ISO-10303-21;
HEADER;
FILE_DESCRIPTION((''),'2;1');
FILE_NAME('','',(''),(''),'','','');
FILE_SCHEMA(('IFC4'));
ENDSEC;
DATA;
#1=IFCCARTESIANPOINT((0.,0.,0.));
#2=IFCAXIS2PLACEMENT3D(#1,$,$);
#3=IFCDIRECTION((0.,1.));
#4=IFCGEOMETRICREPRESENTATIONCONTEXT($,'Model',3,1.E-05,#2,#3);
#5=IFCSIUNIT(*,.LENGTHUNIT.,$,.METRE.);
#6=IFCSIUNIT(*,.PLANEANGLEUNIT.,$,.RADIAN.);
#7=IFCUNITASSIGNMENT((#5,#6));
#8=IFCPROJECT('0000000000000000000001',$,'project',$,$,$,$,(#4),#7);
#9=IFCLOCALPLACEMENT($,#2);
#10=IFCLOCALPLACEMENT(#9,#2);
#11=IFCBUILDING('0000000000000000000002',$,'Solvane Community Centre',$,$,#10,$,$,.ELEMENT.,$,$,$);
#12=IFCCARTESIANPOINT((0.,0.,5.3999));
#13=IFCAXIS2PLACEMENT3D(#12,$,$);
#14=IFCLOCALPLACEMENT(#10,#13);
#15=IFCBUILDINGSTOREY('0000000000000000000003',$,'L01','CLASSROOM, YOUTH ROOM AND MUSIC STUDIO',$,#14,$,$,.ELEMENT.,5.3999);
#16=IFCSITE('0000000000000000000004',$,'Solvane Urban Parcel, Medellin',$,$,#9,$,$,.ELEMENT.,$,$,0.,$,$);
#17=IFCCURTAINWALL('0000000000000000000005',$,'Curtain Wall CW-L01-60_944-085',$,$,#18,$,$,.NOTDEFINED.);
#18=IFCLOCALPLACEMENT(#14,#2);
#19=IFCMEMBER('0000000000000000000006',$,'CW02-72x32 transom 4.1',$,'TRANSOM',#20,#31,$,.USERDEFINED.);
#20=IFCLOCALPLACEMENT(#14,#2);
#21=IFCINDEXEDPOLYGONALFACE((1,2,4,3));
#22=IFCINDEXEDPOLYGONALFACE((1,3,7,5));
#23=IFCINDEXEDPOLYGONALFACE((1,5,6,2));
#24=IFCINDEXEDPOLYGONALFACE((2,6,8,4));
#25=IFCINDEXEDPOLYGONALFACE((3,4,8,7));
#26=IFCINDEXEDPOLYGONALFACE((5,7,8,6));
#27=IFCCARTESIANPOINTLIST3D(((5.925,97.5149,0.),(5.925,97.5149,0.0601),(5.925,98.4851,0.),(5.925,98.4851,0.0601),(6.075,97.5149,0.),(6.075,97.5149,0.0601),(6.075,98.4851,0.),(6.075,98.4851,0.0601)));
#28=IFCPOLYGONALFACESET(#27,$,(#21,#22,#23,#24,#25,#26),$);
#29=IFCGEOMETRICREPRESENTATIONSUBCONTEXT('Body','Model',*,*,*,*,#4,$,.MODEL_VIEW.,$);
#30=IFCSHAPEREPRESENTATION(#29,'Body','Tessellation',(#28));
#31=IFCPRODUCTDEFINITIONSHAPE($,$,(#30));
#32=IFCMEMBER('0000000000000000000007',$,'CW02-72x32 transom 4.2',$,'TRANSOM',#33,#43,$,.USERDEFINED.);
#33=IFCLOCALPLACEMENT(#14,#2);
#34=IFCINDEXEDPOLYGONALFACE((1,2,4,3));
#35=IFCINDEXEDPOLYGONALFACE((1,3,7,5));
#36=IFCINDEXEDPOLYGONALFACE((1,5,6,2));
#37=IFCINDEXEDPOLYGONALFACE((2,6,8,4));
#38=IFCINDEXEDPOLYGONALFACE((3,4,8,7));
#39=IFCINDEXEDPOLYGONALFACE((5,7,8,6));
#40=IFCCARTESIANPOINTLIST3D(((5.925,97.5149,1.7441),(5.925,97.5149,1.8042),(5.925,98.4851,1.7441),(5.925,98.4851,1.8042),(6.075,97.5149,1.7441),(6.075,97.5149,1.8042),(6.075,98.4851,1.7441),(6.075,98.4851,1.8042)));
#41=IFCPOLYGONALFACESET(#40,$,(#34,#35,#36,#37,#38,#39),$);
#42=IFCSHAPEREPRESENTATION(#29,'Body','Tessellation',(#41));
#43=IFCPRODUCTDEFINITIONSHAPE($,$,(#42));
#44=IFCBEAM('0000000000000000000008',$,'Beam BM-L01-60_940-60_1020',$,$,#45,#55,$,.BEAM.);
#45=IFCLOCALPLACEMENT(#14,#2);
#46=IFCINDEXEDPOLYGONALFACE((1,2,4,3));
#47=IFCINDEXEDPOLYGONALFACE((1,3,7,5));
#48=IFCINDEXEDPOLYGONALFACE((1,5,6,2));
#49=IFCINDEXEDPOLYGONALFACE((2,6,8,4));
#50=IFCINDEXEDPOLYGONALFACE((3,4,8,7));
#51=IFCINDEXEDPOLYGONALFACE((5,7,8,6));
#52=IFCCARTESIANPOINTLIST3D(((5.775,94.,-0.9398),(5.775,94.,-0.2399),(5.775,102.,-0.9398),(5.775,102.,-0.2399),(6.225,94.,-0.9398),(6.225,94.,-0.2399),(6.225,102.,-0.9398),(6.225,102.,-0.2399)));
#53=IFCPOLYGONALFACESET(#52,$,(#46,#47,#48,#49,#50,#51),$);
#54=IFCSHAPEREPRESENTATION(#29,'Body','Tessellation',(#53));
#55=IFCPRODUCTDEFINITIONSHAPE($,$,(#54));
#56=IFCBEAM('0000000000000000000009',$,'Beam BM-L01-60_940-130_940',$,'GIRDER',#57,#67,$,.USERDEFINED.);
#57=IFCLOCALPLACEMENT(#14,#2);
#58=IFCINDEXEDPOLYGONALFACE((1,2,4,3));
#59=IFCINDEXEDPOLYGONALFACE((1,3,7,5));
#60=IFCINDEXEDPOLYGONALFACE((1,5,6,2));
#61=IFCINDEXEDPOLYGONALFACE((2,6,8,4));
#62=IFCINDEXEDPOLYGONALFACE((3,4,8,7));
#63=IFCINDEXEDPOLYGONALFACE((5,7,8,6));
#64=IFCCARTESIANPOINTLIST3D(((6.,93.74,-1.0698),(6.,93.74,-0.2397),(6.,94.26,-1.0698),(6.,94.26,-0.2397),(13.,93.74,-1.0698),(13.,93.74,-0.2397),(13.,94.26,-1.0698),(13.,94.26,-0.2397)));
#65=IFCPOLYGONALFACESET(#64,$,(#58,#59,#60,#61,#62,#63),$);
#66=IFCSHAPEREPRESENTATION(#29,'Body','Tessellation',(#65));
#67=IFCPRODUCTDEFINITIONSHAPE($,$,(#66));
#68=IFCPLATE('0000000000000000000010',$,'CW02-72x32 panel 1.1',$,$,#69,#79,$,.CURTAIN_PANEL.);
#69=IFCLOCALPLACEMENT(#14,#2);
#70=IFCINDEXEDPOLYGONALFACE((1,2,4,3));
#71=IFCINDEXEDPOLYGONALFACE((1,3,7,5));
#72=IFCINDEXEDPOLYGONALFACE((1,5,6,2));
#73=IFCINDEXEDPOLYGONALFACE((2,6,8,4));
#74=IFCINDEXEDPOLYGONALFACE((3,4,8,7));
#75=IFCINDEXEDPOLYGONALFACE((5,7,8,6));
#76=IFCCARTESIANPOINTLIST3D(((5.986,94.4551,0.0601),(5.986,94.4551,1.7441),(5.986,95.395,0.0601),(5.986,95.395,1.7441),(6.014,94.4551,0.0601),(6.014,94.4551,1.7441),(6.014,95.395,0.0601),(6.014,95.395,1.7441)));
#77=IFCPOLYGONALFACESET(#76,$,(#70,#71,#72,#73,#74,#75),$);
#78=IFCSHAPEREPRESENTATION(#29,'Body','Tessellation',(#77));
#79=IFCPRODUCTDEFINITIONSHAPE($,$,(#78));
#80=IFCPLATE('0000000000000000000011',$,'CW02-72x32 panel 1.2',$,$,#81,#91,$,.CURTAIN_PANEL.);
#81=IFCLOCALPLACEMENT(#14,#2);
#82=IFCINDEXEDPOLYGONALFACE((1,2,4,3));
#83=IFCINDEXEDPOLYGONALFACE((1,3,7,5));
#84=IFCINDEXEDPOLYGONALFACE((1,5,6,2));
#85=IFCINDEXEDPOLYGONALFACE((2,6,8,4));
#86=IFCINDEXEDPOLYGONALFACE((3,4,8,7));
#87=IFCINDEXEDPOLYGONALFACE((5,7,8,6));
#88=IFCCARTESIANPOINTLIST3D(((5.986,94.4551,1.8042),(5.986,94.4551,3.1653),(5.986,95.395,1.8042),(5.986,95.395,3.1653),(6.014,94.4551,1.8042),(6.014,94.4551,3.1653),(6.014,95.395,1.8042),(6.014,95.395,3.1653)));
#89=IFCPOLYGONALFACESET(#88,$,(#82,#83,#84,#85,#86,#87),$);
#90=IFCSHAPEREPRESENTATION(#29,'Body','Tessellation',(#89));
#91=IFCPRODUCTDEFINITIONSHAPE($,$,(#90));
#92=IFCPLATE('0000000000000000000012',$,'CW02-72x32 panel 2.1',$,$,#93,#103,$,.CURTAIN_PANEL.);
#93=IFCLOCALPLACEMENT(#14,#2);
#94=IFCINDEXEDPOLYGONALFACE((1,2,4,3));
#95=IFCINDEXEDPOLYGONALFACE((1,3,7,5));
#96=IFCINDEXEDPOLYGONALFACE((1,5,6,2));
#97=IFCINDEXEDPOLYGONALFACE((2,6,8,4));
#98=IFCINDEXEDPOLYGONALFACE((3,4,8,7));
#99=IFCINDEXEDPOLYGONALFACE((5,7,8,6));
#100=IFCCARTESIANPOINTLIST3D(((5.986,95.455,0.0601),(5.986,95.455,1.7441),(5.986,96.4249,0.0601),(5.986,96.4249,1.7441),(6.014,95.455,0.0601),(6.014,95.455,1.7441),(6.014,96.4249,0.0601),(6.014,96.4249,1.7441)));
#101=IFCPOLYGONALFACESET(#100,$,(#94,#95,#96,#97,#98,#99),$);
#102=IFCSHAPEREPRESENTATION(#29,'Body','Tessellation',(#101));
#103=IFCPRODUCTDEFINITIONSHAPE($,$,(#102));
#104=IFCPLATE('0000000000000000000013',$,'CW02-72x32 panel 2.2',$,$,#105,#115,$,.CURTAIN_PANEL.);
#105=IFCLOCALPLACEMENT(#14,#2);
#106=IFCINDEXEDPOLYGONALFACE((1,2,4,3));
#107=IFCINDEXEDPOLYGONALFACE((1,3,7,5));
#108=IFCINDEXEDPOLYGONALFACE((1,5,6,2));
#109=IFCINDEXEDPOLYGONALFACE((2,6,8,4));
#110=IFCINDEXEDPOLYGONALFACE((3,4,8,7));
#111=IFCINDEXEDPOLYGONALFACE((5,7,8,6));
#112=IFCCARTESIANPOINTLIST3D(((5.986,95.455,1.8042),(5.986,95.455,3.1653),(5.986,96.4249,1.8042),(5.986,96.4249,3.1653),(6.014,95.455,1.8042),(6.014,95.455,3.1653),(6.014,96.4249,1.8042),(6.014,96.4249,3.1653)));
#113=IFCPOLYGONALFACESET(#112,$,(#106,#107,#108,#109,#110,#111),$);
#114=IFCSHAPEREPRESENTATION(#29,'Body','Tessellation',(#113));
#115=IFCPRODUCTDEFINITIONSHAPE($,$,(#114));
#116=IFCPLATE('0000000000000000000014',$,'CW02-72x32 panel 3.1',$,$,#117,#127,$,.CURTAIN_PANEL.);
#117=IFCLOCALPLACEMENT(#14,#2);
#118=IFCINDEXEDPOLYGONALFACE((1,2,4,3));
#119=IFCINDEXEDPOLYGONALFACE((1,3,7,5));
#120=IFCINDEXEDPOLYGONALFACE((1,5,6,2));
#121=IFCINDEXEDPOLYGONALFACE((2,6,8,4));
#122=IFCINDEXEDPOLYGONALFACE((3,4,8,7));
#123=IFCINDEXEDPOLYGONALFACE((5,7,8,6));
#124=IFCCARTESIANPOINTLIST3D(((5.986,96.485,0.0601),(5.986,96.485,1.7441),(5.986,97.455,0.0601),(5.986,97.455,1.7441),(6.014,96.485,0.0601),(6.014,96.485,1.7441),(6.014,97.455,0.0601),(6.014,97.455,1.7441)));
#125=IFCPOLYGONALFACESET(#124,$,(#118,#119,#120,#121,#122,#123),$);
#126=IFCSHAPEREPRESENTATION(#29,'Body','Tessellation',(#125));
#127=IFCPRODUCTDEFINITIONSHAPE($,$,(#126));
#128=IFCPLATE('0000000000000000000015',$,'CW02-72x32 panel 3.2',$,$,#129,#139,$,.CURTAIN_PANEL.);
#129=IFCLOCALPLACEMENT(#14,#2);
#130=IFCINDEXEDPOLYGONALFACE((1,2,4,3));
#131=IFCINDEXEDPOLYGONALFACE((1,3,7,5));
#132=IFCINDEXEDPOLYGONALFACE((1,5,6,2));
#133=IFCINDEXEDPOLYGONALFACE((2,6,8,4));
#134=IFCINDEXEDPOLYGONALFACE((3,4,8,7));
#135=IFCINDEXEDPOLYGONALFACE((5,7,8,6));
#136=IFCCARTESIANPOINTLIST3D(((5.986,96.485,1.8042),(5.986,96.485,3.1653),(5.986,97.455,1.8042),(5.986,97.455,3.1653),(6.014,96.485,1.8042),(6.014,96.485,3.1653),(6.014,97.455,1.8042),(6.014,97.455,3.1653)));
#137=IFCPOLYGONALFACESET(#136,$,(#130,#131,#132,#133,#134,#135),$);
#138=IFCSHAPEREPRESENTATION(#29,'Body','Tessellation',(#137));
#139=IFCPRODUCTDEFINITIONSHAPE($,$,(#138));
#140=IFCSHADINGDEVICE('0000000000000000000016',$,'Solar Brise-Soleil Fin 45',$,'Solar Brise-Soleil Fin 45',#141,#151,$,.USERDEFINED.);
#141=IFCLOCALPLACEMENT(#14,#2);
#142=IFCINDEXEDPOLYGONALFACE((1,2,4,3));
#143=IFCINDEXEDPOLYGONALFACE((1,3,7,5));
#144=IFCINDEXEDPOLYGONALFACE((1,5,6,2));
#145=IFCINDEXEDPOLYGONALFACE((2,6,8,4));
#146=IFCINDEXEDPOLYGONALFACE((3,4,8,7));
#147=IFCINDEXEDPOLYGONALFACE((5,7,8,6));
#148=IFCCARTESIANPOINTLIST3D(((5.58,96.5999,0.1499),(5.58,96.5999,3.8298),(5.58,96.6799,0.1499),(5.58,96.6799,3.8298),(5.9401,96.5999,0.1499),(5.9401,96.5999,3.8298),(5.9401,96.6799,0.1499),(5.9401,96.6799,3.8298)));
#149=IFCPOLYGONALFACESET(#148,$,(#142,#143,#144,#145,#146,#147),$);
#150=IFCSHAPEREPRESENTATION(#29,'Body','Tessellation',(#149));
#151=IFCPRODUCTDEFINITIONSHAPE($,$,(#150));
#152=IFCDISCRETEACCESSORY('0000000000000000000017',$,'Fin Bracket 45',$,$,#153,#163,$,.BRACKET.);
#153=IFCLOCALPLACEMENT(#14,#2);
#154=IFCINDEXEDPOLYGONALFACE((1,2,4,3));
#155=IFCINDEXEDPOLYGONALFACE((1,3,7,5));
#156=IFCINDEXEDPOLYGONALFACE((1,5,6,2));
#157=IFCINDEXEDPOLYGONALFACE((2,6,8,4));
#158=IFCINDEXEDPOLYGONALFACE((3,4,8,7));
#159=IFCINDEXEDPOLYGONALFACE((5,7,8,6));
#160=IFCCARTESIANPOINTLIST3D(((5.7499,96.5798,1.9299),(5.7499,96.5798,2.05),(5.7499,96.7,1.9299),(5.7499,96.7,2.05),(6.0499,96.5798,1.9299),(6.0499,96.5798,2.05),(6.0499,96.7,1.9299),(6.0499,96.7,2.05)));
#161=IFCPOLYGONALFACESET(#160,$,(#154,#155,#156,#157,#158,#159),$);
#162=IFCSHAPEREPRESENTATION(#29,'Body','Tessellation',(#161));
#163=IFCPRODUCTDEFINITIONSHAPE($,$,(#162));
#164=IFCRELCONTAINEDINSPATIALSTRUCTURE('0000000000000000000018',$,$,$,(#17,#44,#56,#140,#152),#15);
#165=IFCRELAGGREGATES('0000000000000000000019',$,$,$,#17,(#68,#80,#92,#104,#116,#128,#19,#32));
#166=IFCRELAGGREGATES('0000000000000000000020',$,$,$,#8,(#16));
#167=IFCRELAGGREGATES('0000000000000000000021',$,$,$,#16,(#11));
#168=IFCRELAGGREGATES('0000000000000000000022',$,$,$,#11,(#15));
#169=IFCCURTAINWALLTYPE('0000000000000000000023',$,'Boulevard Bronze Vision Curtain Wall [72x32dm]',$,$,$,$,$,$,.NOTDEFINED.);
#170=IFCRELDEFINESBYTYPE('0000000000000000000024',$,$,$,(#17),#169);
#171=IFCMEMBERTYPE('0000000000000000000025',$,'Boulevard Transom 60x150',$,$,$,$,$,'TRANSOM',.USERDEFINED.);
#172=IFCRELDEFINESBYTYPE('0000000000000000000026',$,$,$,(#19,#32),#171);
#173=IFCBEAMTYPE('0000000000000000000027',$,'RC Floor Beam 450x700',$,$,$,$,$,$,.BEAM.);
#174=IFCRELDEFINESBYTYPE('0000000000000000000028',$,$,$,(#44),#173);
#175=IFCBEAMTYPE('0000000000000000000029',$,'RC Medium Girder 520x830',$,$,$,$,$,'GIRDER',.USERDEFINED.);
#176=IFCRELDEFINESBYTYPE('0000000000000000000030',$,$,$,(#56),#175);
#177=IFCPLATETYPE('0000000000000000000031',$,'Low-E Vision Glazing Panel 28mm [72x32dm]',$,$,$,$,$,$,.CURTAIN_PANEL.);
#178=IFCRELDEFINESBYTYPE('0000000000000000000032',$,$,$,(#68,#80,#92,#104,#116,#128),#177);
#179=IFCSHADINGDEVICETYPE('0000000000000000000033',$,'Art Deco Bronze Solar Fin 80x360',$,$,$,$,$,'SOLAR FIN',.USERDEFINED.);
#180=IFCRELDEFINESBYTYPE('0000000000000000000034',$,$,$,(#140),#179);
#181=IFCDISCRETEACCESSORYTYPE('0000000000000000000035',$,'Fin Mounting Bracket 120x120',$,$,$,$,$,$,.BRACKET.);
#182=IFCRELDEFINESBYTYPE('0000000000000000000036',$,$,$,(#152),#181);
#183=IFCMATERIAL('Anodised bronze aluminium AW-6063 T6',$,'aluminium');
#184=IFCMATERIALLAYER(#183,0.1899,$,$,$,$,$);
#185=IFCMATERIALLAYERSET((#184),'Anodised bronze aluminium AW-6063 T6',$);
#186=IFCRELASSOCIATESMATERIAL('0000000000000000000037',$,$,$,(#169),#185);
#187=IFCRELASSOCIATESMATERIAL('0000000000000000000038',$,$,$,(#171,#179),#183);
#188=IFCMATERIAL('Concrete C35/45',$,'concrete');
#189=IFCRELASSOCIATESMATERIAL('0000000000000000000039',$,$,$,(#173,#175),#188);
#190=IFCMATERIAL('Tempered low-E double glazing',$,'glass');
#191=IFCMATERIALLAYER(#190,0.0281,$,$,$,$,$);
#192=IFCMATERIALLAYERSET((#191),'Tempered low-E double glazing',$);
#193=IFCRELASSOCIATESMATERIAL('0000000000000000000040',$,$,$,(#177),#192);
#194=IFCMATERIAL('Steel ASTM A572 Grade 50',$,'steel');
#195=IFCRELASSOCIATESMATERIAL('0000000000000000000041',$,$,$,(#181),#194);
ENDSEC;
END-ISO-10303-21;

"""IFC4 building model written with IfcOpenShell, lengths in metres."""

from ifc_helpers import new_model, si_unit, direction, frame, origin, origin_2d, place, context, subcontext, project, spatial, rectangle, extrude, material, layer, layer_set, material_profile, profile_set, type_object, element, aggregate, save


model = new_model("IFC4")

# Units and contexts
model_context = context("Model", 3, precision=1e-05, world=origin(), true_north=direction((0.0, 1.0)))
body_context = subcontext(model_context, "Body", "Model", "MODEL_VIEW")
ifc_project = project(units=[si_unit("LENGTHUNIT", "METRE"), si_unit("PLANEANGLEUNIT", "RADIAN")], contexts=[model_context])

# Site, building, storey
site_placement = place(None, origin())
site = spatial("IfcSite", under=ifc_project, at=site_placement, Name="Solvane Urban Parcel, Medellin", CompositionType="ELEMENT", RefElevation=0.0)
building_placement = place(site_placement, origin())
building = spatial("IfcBuilding", under=site, at=building_placement, Name="Solvane Community Centre", CompositionType="ELEMENT")
storey_placement = place(building_placement, frame((0.0, 0.0, 5.3999)))
storey = spatial("IfcBuildingStorey", under=building, at=storey_placement, Name="L01", Description="CLASSROOM, YOUTH ROOM AND MUSIC STUDIO", CompositionType="ELEMENT", Elevation=5.3999)

# Curtain wall, members
ifc_material_1 = material(Name="Anodised bronze aluminium AW-6063 T6", Category="aluminium")
ifc_layer_1 = layer(ifc_material_1, 0.1899)
ifc_layer_set_1 = layer_set([ifc_layer_1], Name="Anodised bronze aluminium AW-6063 T6")
curtain_wall_type = type_object("IfcCurtainWallType", Name="Boulevard Bronze Vision Curtain Wall [72x32dm]", PredefinedType="NOTDEFINED", material=ifc_layer_set_1)
curtain_wall_placement = place(storey_placement, origin())
curtain_wall = element("IfcCurtainWall", 1, at=curtain_wall_placement, inside=storey, type_object=curtain_wall_type, Name="Curtain Wall CW-L01-60_944-085", PredefinedType="NOTDEFINED")
ifc_material_profile_1 = material_profile(ifc_material_1, rectangle(XDim=0.1499, YDim=0.0601, at=origin_2d()), Name="CW-T 60x150")
ifc_profile_set_1 = profile_set([ifc_material_profile_1], Name="Anodised bronze aluminium AW-6063 T6")
member_type_1 = type_object("IfcMemberType", Name="Boulevard Transom 60x150", ElementType="TRANSOM", PredefinedType="USERDEFINED", material=ifc_profile_set_1)
member_1_placement = place(storey_placement, frame((6.0, 97.5149, 0.03), z_axis=(0.0, 1.0, 0.0), x_axis=(-1.0, 0.0, 0.0)))
member_1 = element("IfcMember", 2, at=member_1_placement, type_object=member_type_1, Name="CW02-72x32 transom 4.1", ObjectType="TRANSOM", PredefinedType="USERDEFINED", context=body_context, shape_type="SweptSolid", body=[
    extrude(rectangle(XDim=0.1499, YDim=0.0601, at=origin_2d()), origin(), (0.0, 0.0, 1.0), 0.9702),
])
member_2_placement = place(storey_placement, frame((6.0, 97.5149, 1.7742), z_axis=(0.0, 1.0, 0.0), x_axis=(-1.0, 0.0, 0.0)))
member_2 = element("IfcMember", 3, at=member_2_placement, type_object=member_type_1, Name="CW02-72x32 transom 4.2", ObjectType="TRANSOM", PredefinedType="USERDEFINED", context=body_context, shape_type="SweptSolid", body=[
    extrude(rectangle(XDim=0.1499, YDim=0.0601, at=origin_2d()), origin(), (0.0, 0.0, 1.0), 0.9702),
])

# Beams
ifc_material_2 = material(Name="Concrete C35/45", Category="concrete")
ifc_material_profile_2 = material_profile(ifc_material_2, rectangle(XDim=0.45, YDim=0.7, at=origin_2d()), Name="RC 450x700")
ifc_profile_set_2 = profile_set([ifc_material_profile_2], Name="Concrete C35/45")
beam_type_1 = type_object("IfcBeamType", Name="RC Floor Beam 450x700", PredefinedType="BEAM", material=ifc_profile_set_2)
beam_1_placement = place(storey_placement, frame((6.0, 94.0, -0.5898), z_axis=(0.0, 1.0, 0.0), x_axis=(-1.0, 0.0, 0.0)))
element("IfcBeam", 4, at=beam_1_placement, inside=storey, type_object=beam_type_1, Name="Beam BM-L01-60_940-60_1020", PredefinedType="BEAM", context=body_context, shape_type="SweptSolid", body=[
    extrude(rectangle(XDim=0.45, YDim=0.7, at=origin_2d()), origin(), (0.0, 0.0, 1.0), 8.0),
])
ifc_material_profile_3 = material_profile(ifc_material_2, rectangle(XDim=0.52, YDim=0.8301, at=origin_2d()), Name="RC 520x830")
ifc_profile_set_3 = profile_set([ifc_material_profile_3], Name="Concrete C35/45")
beam_type_2 = type_object("IfcBeamType", Name="RC Medium Girder 520x830", ElementType="GIRDER", PredefinedType="USERDEFINED", material=ifc_profile_set_3)
beam_2_placement = place(storey_placement, frame((6.0, 94.0, -0.6548), z_axis=(1.0, 0.0, 0.0), x_axis=(0.0, 1.0, 0.0)))
element("IfcBeam", 5, at=beam_2_placement, inside=storey, type_object=beam_type_2, Name="Beam BM-L01-60_940-130_940", ObjectType="GIRDER", PredefinedType="USERDEFINED", context=body_context, shape_type="SweptSolid", body=[
    extrude(rectangle(XDim=0.52, YDim=0.8301, at=origin_2d()), origin(), (0.0, 0.0, 1.0), 7.0),
])

# Plates
ifc_material_3 = material(Name="Tempered low-E double glazing", Category="glass")
ifc_layer_2 = layer(ifc_material_3, 0.0281)
ifc_layer_set_2 = layer_set([ifc_layer_2], Name="Tempered low-E double glazing")
plate_type = type_object("IfcPlateType", Name="Low-E Vision Glazing Panel 28mm [72x32dm]", PredefinedType="CURTAIN_PANEL", material=ifc_layer_set_2)
plate_1_placement = place(storey_placement, frame((6.0, 94.925, 0.0601), z_axis=(0.0, 0.0, 1.0), x_axis=(0.0, 1.0, 0.0)))
plate_1 = element("IfcPlate", 6, at=plate_1_placement, type_object=plate_type, Name="CW02-72x32 panel 1.1", PredefinedType="CURTAIN_PANEL", context=body_context, shape_type="SweptSolid", body=[
    extrude(rectangle(XDim=0.9399, YDim=0.0281, at=origin_2d()), origin(), (0.0, 0.0, 1.0), 1.6841),
])
plate_2_placement = place(storey_placement, frame((6.0, 94.925, 1.8042), z_axis=(0.0, 0.0, 1.0), x_axis=(0.0, 1.0, 0.0)))
plate_2 = element("IfcPlate", 7, at=plate_2_placement, type_object=plate_type, Name="CW02-72x32 panel 1.2", PredefinedType="CURTAIN_PANEL", context=body_context, shape_type="SweptSolid", body=[
    extrude(rectangle(XDim=0.9399, YDim=0.0281, at=origin_2d()), origin(), (0.0, 0.0, 1.0), 1.3611),
])
plate_3_placement = place(storey_placement, frame((6.0, 95.9399, 0.0601), z_axis=(0.0, 0.0, 1.0), x_axis=(0.0, 1.0, 0.0)))
plate_3 = element("IfcPlate", 8, at=plate_3_placement, type_object=plate_type, Name="CW02-72x32 panel 2.1", PredefinedType="CURTAIN_PANEL", context=body_context, shape_type="SweptSolid", body=[
    extrude(rectangle(XDim=0.97, YDim=0.0281, at=origin_2d()), origin(), (0.0, 0.0, 1.0), 1.6841),
])
plate_4_placement = place(storey_placement, frame((6.0, 95.9399, 1.8042), z_axis=(0.0, 0.0, 1.0), x_axis=(0.0, 1.0, 0.0)))
plate_4 = element("IfcPlate", 9, at=plate_4_placement, type_object=plate_type, Name="CW02-72x32 panel 2.2", PredefinedType="CURTAIN_PANEL", context=body_context, shape_type="SweptSolid", body=[
    extrude(rectangle(XDim=0.97, YDim=0.0281, at=origin_2d()), origin(), (0.0, 0.0, 1.0), 1.3611),
])
plate_5_placement = place(storey_placement, frame((6.0, 96.97, 0.0601), z_axis=(0.0, 0.0, 1.0), x_axis=(0.0, 1.0, 0.0)))
plate_5 = element("IfcPlate", 10, at=plate_5_placement, type_object=plate_type, Name="CW02-72x32 panel 3.1", PredefinedType="CURTAIN_PANEL", context=body_context, shape_type="SweptSolid", body=[
    extrude(rectangle(XDim=0.97, YDim=0.0281, at=origin_2d()), origin(), (0.0, 0.0, 1.0), 1.6841),
])
plate_6_placement = place(storey_placement, frame((6.0, 96.97, 1.8042), z_axis=(0.0, 0.0, 1.0), x_axis=(0.0, 1.0, 0.0)))
plate_6 = element("IfcPlate", 11, at=plate_6_placement, type_object=plate_type, Name="CW02-72x32 panel 3.2", PredefinedType="CURTAIN_PANEL", context=body_context, shape_type="SweptSolid", body=[
    extrude(rectangle(XDim=0.97, YDim=0.0281, at=origin_2d()), origin(), (0.0, 0.0, 1.0), 1.3611),
])
aggregate(curtain_wall, [plate_1, plate_2, plate_3, plate_4, plate_5, plate_6, member_1, member_2])

# Shading device
shading_device_type = type_object("IfcShadingDeviceType", Name="Art Deco Bronze Solar Fin 80x360", ElementType="SOLAR FIN", PredefinedType="USERDEFINED", material=ifc_material_1)
shading_device_placement = place(storey_placement, frame((5.76, 96.6399, 0.1499), z_axis=(0.0, 0.0, 1.0), x_axis=(0.0, 1.0, 0.0)))
element("IfcShadingDevice", 12, at=shading_device_placement, inside=storey, type_object=shading_device_type, Name="Solar Brise-Soleil Fin 45", ObjectType="Solar Brise-Soleil Fin 45", PredefinedType="USERDEFINED", context=body_context, shape_type="SweptSolid", body=[
    extrude(rectangle(XDim=0.0801, YDim=0.3601, at=origin_2d()), origin(), (0.0, 0.0, 1.0), 3.6799),
])

# Discrete accessory
ifc_material_4 = material(Name="Steel ASTM A572 Grade 50", Category="steel")
discrete_accessory_type = type_object("IfcDiscreteAccessoryType", Name="Fin Mounting Bracket 120x120", PredefinedType="BRACKET", material=ifc_material_4)
discrete_accessory_placement = place(storey_placement, frame((5.8999, 96.6399, 1.9299), z_axis=(0.0, 0.0, 1.0), x_axis=(0.0, 1.0, 0.0)))
element("IfcDiscreteAccessory", 13, at=discrete_accessory_placement, inside=storey, type_object=discrete_accessory_type, Name="Fin Bracket 45", PredefinedType="BRACKET", context=body_context, shape_type="SweptSolid", body=[
    extrude(rectangle(XDim=0.1201, YDim=0.3, at=origin_2d()), origin(), (0.0, 0.0, 1.0), 0.1201),
])

save(model, "model.ifc")
